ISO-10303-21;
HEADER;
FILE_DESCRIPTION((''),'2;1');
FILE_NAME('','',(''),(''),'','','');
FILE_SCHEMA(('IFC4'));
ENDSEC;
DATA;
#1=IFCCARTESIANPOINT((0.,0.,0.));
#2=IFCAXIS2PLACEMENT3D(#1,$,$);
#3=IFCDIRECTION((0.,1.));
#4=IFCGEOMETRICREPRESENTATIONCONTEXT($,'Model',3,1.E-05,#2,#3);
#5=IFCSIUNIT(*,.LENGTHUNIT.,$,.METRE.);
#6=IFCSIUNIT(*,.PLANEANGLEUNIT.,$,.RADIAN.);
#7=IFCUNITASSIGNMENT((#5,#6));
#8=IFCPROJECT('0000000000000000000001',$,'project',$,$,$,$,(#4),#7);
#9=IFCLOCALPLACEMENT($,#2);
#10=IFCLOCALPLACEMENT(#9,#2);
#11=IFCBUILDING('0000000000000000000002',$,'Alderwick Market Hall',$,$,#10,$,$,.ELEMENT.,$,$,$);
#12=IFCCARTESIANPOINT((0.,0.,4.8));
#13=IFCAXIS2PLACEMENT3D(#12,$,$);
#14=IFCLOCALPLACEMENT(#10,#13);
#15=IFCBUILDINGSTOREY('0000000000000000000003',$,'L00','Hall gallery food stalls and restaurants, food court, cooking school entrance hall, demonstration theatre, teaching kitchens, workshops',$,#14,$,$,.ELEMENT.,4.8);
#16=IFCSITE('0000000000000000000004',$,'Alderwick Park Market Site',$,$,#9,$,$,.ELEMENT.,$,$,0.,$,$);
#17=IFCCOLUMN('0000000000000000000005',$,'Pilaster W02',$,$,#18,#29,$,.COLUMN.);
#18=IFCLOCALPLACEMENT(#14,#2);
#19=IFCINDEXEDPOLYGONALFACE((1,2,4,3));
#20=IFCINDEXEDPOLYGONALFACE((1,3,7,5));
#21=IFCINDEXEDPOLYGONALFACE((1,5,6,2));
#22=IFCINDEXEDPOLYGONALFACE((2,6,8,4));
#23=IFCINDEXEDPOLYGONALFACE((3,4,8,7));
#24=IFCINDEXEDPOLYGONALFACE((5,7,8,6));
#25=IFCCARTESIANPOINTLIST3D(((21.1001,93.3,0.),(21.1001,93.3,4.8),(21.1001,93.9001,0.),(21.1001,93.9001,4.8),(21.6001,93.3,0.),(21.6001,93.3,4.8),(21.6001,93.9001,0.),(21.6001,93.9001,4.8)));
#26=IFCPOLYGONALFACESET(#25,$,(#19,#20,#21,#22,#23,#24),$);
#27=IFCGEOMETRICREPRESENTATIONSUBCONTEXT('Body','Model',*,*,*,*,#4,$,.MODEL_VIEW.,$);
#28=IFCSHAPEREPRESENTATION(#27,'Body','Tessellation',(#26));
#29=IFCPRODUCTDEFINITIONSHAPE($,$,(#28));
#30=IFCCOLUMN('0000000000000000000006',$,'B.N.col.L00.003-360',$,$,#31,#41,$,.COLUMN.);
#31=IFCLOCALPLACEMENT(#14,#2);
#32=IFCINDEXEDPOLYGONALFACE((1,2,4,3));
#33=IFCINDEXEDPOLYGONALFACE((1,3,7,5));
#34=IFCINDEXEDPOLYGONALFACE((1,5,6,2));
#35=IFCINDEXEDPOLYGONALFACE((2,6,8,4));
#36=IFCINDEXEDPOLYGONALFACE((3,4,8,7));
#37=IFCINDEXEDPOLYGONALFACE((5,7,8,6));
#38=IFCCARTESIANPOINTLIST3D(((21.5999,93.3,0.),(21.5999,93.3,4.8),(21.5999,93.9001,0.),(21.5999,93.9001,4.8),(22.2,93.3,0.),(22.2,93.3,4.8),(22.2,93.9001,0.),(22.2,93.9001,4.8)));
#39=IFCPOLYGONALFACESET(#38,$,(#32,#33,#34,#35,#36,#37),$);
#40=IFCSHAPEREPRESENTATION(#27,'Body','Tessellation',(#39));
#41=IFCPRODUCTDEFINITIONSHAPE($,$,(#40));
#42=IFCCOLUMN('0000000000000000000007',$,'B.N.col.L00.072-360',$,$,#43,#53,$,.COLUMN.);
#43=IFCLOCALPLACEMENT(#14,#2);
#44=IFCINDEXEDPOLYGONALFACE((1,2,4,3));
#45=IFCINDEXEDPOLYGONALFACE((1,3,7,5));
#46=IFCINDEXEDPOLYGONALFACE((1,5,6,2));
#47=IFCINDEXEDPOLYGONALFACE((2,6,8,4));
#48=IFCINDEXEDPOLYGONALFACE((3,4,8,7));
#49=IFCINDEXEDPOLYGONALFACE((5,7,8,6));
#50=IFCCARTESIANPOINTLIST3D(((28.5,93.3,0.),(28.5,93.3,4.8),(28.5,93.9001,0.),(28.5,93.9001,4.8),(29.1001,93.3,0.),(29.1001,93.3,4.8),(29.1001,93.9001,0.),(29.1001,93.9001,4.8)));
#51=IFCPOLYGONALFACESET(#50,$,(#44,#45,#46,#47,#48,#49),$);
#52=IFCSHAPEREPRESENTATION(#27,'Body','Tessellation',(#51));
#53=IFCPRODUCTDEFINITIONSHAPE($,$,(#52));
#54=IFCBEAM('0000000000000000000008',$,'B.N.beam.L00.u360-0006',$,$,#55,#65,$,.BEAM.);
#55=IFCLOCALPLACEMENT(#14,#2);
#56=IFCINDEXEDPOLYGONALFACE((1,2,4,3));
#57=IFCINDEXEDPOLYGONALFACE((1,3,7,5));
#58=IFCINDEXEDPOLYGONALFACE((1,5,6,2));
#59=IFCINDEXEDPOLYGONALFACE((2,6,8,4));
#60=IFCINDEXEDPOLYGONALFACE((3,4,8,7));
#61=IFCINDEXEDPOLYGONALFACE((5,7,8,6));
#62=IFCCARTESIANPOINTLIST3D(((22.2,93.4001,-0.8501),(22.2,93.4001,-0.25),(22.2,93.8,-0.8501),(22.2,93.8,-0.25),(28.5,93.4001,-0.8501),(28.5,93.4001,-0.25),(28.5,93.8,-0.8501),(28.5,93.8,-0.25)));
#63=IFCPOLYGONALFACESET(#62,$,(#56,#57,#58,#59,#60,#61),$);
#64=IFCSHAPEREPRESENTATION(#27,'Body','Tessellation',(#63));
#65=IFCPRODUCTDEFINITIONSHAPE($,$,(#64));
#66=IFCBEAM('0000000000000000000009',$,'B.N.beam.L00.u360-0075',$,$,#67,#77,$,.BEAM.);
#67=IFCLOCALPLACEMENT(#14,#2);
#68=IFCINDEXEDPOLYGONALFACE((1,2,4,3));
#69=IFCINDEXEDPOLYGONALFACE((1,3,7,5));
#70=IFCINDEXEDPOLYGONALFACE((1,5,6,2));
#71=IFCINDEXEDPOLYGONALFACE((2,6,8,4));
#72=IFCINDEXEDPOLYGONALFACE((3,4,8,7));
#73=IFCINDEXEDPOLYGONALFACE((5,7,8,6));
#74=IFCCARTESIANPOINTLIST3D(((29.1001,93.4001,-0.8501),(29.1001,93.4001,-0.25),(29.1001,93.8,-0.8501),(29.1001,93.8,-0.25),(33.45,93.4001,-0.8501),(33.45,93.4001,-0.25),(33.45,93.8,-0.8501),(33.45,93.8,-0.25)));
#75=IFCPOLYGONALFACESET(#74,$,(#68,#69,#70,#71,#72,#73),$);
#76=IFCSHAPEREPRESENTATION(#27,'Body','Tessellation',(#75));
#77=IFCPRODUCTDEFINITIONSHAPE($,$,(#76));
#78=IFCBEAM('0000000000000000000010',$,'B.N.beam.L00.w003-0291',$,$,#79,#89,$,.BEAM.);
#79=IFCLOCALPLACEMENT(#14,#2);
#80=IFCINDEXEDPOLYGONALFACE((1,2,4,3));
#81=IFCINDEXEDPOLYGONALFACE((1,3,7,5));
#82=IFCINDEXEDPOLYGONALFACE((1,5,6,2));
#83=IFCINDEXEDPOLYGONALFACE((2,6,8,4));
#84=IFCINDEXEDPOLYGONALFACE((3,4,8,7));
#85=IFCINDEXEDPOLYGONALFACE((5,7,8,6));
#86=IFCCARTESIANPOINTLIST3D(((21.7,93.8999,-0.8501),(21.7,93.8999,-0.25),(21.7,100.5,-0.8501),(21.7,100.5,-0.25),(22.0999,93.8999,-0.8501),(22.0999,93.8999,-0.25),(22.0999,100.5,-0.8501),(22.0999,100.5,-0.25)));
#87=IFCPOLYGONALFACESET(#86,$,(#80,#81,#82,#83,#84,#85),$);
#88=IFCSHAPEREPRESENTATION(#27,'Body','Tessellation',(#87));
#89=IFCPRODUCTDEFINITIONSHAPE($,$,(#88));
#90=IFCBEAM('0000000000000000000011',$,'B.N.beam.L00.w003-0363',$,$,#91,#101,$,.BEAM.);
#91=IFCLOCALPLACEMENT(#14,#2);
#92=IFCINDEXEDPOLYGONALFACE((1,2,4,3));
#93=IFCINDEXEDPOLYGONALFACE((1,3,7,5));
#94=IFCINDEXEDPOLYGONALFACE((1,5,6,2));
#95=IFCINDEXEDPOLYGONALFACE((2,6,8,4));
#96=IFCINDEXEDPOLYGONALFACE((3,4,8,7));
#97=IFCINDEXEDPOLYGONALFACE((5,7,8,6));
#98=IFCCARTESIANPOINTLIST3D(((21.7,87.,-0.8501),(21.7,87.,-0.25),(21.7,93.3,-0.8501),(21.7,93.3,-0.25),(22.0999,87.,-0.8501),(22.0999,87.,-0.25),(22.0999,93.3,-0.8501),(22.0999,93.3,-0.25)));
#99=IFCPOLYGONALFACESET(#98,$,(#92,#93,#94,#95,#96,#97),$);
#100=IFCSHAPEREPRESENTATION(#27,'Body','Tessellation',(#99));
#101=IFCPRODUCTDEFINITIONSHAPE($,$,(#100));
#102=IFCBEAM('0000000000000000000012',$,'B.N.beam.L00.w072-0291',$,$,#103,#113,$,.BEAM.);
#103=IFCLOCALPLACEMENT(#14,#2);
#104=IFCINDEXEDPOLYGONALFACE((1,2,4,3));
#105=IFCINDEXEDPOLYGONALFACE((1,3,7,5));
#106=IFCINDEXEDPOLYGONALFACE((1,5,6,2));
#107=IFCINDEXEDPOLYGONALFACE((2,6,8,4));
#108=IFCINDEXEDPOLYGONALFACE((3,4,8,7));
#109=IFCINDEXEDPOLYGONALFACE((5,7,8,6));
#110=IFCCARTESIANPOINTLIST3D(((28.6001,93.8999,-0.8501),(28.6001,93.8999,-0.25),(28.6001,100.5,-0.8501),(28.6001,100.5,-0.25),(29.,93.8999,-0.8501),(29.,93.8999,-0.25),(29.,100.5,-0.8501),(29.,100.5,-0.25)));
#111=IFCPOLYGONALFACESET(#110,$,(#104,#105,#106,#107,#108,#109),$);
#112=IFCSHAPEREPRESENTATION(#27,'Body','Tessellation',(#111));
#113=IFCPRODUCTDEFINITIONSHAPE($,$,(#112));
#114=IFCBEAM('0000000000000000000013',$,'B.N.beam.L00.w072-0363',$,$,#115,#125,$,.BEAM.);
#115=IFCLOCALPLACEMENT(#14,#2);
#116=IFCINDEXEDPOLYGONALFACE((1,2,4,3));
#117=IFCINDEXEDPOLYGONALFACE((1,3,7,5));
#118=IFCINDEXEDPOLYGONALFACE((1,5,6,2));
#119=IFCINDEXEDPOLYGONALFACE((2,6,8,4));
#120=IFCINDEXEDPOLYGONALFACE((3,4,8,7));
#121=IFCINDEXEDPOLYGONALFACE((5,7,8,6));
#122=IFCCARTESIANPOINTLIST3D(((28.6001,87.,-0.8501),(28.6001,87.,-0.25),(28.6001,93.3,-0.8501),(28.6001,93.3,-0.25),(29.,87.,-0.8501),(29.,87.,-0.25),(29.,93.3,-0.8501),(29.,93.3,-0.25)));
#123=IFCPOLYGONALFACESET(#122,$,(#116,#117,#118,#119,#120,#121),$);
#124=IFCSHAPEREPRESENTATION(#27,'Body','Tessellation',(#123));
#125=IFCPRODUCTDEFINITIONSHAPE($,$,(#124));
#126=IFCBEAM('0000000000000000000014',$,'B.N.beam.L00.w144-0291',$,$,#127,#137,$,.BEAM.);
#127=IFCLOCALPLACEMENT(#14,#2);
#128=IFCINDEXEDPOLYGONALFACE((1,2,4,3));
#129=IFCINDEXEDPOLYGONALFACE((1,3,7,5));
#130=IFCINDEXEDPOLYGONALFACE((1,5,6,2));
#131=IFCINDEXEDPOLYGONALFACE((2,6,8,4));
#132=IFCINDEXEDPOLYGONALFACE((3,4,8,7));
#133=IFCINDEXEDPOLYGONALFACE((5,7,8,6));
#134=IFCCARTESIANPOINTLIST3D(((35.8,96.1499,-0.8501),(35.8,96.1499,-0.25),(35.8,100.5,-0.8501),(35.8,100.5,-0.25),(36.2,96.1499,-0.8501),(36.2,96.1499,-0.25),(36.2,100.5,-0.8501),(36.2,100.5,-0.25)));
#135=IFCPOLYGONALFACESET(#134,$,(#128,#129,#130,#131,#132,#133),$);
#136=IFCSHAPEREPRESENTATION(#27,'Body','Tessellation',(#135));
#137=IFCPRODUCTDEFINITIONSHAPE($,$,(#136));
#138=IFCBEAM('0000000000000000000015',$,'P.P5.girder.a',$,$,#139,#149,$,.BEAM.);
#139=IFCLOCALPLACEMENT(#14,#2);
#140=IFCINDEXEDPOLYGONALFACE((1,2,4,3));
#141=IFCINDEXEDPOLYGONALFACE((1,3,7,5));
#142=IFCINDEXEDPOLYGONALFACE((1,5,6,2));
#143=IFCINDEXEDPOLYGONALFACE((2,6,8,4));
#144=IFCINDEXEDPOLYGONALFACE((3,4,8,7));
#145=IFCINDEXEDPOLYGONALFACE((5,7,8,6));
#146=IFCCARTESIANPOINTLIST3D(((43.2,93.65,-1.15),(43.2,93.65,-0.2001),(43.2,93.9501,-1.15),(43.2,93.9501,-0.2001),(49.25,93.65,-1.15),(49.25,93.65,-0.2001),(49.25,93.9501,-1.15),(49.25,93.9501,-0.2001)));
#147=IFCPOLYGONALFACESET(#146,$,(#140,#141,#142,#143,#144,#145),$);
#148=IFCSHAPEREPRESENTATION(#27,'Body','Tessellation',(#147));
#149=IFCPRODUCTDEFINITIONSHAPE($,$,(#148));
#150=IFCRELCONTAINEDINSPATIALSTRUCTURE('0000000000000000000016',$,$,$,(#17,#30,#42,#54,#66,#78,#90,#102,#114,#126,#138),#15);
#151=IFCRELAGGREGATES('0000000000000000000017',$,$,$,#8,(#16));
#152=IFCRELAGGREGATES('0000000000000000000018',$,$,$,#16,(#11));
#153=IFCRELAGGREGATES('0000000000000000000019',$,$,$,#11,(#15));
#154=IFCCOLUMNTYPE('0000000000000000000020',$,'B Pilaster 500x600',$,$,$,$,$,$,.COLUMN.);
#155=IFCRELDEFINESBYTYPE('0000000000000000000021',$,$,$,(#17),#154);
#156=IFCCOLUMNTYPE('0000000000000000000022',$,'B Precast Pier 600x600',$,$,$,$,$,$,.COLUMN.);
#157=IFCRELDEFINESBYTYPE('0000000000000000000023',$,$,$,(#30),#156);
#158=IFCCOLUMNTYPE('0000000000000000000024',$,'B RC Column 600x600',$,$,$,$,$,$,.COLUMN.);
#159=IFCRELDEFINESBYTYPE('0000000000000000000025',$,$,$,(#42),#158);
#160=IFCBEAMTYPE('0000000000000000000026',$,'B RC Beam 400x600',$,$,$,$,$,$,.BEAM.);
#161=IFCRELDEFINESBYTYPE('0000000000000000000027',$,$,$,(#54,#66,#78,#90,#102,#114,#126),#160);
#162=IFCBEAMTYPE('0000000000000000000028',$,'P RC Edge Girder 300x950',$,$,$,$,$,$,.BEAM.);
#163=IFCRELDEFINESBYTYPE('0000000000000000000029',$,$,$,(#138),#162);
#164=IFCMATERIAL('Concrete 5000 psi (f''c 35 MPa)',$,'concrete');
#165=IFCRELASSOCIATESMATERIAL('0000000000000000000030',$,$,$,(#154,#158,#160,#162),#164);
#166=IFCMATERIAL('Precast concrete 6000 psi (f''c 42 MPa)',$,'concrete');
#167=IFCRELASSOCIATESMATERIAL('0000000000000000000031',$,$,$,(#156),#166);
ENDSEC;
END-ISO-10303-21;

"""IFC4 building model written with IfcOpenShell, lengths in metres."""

from ifc_helpers import new_model, si_unit, direction, frame, origin, origin_2d, place, context, subcontext, project, spatial, rectangle, extrude, material, material_profile, profile_set, type_object, element, save


model = new_model("IFC4")

# Units and contexts
model_context = context("Model", 3, precision=1e-05, world=origin(), true_north=direction((0.0, 1.0)))
body_context = subcontext(model_context, "Body", "Model", "MODEL_VIEW")
ifc_project = project(units=[si_unit("LENGTHUNIT", "METRE"), si_unit("PLANEANGLEUNIT", "RADIAN")], contexts=[model_context])

# Site, building, storey
site_placement = place(None, origin())
site = spatial("IfcSite", under=ifc_project, at=site_placement, Name="Alderwick Park Market Site", CompositionType="ELEMENT", RefElevation=0.0)
building_placement = place(site_placement, origin())
building = spatial("IfcBuilding", under=site, at=building_placement, Name="Alderwick Market Hall", CompositionType="ELEMENT")
storey_placement = place(building_placement, frame((0.0, 0.0, 4.8)))
storey = spatial("IfcBuildingStorey", under=building, at=storey_placement, Name="L00", Description="Hall gallery food stalls and restaurants, food court, cooking school entrance hall, demonstration theatre, teaching kitchens, workshops", CompositionType="ELEMENT", Elevation=4.8)

# Columns
ifc_material_1 = material(Name="Concrete 5000 psi (f'c 35 MPa)", Category="concrete")
ifc_material_profile_1 = material_profile(ifc_material_1, rectangle(XDim=0.5, YDim=0.6001, at=origin_2d()), Name="B Pilaster 500x600")
ifc_profile_set_1 = profile_set([ifc_material_profile_1], Name="Concrete 5000 psi (f'c 35 MPa)")
column_type_1 = type_object("IfcColumnType", Name="B Pilaster 500x600", PredefinedType="COLUMN", material=ifc_profile_set_1)
column_1_placement = place(storey_placement, frame((21.3501, 93.6001, 0.0), z_axis=(0.0, 0.0, 1.0), x_axis=(1.0, 0.0, 0.0)))
element("IfcColumn", 1, at=column_1_placement, inside=storey, type_object=column_type_1, Name="Pilaster W02", PredefinedType="COLUMN", context=body_context, shape_type="SweptSolid", body=[
    extrude(rectangle(XDim=0.5, YDim=0.6001, at=origin_2d()), origin(), (0.0, 0.0, 1.0), 4.8),
])
ifc_material_2 = material(Name="Precast concrete 6000 psi (f'c 42 MPa)", Category="concrete")
ifc_material_profile_2 = material_profile(ifc_material_2, rectangle(XDim=0.6001, YDim=0.6001, at=origin_2d()), Name="B Precast Pier 600x600")
ifc_profile_set_2 = profile_set([ifc_material_profile_2], Name="Precast concrete 6000 psi (f'c 42 MPa)")
column_type_2 = type_object("IfcColumnType", Name="B Precast Pier 600x600", PredefinedType="COLUMN", material=ifc_profile_set_2)
column_2_placement = place(storey_placement, frame((21.8999, 93.6001, 0.0), z_axis=(0.0, 0.0, 1.0), x_axis=(1.0, 0.0, 0.0)))
element("IfcColumn", 2, at=column_2_placement, inside=storey, type_object=column_type_2, Name="B.N.col.L00.003-360", PredefinedType="COLUMN", context=body_context, shape_type="SweptSolid", body=[
    extrude(rectangle(XDim=0.6001, YDim=0.6001, at=origin_2d()), origin(), (0.0, 0.0, 1.0), 4.8),
])
ifc_material_profile_3 = material_profile(ifc_material_1, rectangle(XDim=0.6001, YDim=0.6001, at=origin_2d()), Name="B RC Column 600x600")
ifc_profile_set_3 = profile_set([ifc_material_profile_3], Name="Concrete 5000 psi (f'c 35 MPa)")
column_type_3 = type_object("IfcColumnType", Name="B RC Column 600x600", PredefinedType="COLUMN", material=ifc_profile_set_3)
column_3_placement = place(storey_placement, frame((28.8, 93.6001, 0.0), z_axis=(0.0, 0.0, 1.0), x_axis=(1.0, 0.0, 0.0)))
element("IfcColumn", 3, at=column_3_placement, inside=storey, type_object=column_type_3, Name="B.N.col.L00.072-360", PredefinedType="COLUMN", context=body_context, shape_type="SweptSolid", body=[
    extrude(rectangle(XDim=0.6001, YDim=0.6001, at=origin_2d()), origin(), (0.0, 0.0, 1.0), 4.8),
])

# Beams
ifc_material_profile_4 = material_profile(ifc_material_1, rectangle(XDim=0.3999, YDim=0.6001, at=origin_2d()), Name="B RC Beam 400x600")
ifc_profile_set_4 = profile_set([ifc_material_profile_4], Name="Concrete 5000 psi (f'c 35 MPa)")
beam_type_1 = type_object("IfcBeamType", Name="B RC Beam 400x600", PredefinedType="BEAM", material=ifc_profile_set_4)
beam_1_placement = place(storey_placement, frame((22.2, 93.6001, -0.55), z_axis=(1.0, 0.0, 0.0), x_axis=(0.0, 1.0, 0.0)))
element("IfcBeam", 4, at=beam_1_placement, inside=storey, type_object=beam_type_1, Name="B.N.beam.L00.u360-0006", PredefinedType="BEAM", context=body_context, shape_type="SweptSolid", body=[
    extrude(rectangle(XDim=0.3999, YDim=0.6001, at=origin_2d()), origin(), (0.0, 0.0, 1.0), 6.3),
])
beam_2_placement = place(storey_placement, frame((29.1001, 93.6001, -0.55), z_axis=(1.0, 0.0, 0.0), x_axis=(0.0, 1.0, 0.0)))
element("IfcBeam", 5, at=beam_2_placement, inside=storey, type_object=beam_type_1, Name="B.N.beam.L00.u360-0075", PredefinedType="BEAM", context=body_context, shape_type="SweptSolid", body=[
    extrude(rectangle(XDim=0.3999, YDim=0.6001, at=origin_2d()), origin(), (0.0, 0.0, 1.0), 4.3499),
])
beam_3_placement = place(storey_placement, frame((21.8999, 100.5, -0.55), z_axis=(0.0, -1.0, 0.0), x_axis=(1.0, 0.0, 0.0)))
element("IfcBeam", 6, at=beam_3_placement, inside=storey, type_object=beam_type_1, Name="B.N.beam.L00.w003-0291", PredefinedType="BEAM", context=body_context, shape_type="SweptSolid", body=[
    extrude(rectangle(XDim=0.3999, YDim=0.6001, at=origin_2d()), origin(), (0.0, 0.0, 1.0), 6.6001),
])
beam_4_placement = place(storey_placement, frame((21.8999, 93.3, -0.55), z_axis=(0.0, -1.0, 0.0), x_axis=(1.0, 0.0, 0.0)))
element("IfcBeam", 7, at=beam_4_placement, inside=storey, type_object=beam_type_1, Name="B.N.beam.L00.w003-0363", PredefinedType="BEAM", context=body_context, shape_type="SweptSolid", body=[
    extrude(rectangle(XDim=0.3999, YDim=0.6001, at=origin_2d()), origin(), (0.0, 0.0, 1.0), 6.3),
])
beam_5_placement = place(storey_placement, frame((28.8, 100.5, -0.55), z_axis=(0.0, -1.0, 0.0), x_axis=(1.0, 0.0, 0.0)))
element("IfcBeam", 8, at=beam_5_placement, inside=storey, type_object=beam_type_1, Name="B.N.beam.L00.w072-0291", PredefinedType="BEAM", context=body_context, shape_type="SweptSolid", body=[
    extrude(rectangle(XDim=0.3999, YDim=0.6001, at=origin_2d()), origin(), (0.0, 0.0, 1.0), 6.6001),
])
beam_6_placement = place(storey_placement, frame((28.8, 93.3, -0.55), z_axis=(0.0, -1.0, 0.0), x_axis=(1.0, 0.0, 0.0)))
element("IfcBeam", 9, at=beam_6_placement, inside=storey, type_object=beam_type_1, Name="B.N.beam.L00.w072-0363", PredefinedType="BEAM", context=body_context, shape_type="SweptSolid", body=[
    extrude(rectangle(XDim=0.3999, YDim=0.6001, at=origin_2d()), origin(), (0.0, 0.0, 1.0), 6.3),
])
beam_7_placement = place(storey_placement, frame((36.0, 100.5, -0.55), z_axis=(0.0, -1.0, 0.0), x_axis=(1.0, 0.0, 0.0)))
element("IfcBeam", 10, at=beam_7_placement, inside=storey, type_object=beam_type_1, Name="B.N.beam.L00.w144-0291", PredefinedType="BEAM", context=body_context, shape_type="SweptSolid", body=[
    extrude(rectangle(XDim=0.3999, YDim=0.6001, at=origin_2d()), origin(), (0.0, 0.0, 1.0), 4.3501),
])
ifc_material_profile_5 = material_profile(ifc_material_1, rectangle(XDim=0.3, YDim=0.95, at=origin_2d()), Name="P RC Edge Girder 300x950")
ifc_profile_set_5 = profile_set([ifc_material_profile_5], Name="Concrete 5000 psi (f'c 35 MPa)")
beam_type_2 = type_object("IfcBeamType", Name="P RC Edge Girder 300x950", PredefinedType="BEAM", material=ifc_profile_set_5)
beam_8_placement = place(storey_placement, frame((43.2, 93.8, -0.675), z_axis=(1.0, 0.0, 0.0), x_axis=(0.0, 1.0, 0.0)))
element("IfcBeam", 11, at=beam_8_placement, inside=storey, type_object=beam_type_2, Name="P.P5.girder.a", PredefinedType="BEAM", context=body_context, shape_type="SweptSolid", body=[
    extrude(rectangle(XDim=0.3, YDim=0.95, at=origin_2d()), origin(), (0.0, 0.0, 1.0), 6.05),
])

save(model, "model.ifc")
